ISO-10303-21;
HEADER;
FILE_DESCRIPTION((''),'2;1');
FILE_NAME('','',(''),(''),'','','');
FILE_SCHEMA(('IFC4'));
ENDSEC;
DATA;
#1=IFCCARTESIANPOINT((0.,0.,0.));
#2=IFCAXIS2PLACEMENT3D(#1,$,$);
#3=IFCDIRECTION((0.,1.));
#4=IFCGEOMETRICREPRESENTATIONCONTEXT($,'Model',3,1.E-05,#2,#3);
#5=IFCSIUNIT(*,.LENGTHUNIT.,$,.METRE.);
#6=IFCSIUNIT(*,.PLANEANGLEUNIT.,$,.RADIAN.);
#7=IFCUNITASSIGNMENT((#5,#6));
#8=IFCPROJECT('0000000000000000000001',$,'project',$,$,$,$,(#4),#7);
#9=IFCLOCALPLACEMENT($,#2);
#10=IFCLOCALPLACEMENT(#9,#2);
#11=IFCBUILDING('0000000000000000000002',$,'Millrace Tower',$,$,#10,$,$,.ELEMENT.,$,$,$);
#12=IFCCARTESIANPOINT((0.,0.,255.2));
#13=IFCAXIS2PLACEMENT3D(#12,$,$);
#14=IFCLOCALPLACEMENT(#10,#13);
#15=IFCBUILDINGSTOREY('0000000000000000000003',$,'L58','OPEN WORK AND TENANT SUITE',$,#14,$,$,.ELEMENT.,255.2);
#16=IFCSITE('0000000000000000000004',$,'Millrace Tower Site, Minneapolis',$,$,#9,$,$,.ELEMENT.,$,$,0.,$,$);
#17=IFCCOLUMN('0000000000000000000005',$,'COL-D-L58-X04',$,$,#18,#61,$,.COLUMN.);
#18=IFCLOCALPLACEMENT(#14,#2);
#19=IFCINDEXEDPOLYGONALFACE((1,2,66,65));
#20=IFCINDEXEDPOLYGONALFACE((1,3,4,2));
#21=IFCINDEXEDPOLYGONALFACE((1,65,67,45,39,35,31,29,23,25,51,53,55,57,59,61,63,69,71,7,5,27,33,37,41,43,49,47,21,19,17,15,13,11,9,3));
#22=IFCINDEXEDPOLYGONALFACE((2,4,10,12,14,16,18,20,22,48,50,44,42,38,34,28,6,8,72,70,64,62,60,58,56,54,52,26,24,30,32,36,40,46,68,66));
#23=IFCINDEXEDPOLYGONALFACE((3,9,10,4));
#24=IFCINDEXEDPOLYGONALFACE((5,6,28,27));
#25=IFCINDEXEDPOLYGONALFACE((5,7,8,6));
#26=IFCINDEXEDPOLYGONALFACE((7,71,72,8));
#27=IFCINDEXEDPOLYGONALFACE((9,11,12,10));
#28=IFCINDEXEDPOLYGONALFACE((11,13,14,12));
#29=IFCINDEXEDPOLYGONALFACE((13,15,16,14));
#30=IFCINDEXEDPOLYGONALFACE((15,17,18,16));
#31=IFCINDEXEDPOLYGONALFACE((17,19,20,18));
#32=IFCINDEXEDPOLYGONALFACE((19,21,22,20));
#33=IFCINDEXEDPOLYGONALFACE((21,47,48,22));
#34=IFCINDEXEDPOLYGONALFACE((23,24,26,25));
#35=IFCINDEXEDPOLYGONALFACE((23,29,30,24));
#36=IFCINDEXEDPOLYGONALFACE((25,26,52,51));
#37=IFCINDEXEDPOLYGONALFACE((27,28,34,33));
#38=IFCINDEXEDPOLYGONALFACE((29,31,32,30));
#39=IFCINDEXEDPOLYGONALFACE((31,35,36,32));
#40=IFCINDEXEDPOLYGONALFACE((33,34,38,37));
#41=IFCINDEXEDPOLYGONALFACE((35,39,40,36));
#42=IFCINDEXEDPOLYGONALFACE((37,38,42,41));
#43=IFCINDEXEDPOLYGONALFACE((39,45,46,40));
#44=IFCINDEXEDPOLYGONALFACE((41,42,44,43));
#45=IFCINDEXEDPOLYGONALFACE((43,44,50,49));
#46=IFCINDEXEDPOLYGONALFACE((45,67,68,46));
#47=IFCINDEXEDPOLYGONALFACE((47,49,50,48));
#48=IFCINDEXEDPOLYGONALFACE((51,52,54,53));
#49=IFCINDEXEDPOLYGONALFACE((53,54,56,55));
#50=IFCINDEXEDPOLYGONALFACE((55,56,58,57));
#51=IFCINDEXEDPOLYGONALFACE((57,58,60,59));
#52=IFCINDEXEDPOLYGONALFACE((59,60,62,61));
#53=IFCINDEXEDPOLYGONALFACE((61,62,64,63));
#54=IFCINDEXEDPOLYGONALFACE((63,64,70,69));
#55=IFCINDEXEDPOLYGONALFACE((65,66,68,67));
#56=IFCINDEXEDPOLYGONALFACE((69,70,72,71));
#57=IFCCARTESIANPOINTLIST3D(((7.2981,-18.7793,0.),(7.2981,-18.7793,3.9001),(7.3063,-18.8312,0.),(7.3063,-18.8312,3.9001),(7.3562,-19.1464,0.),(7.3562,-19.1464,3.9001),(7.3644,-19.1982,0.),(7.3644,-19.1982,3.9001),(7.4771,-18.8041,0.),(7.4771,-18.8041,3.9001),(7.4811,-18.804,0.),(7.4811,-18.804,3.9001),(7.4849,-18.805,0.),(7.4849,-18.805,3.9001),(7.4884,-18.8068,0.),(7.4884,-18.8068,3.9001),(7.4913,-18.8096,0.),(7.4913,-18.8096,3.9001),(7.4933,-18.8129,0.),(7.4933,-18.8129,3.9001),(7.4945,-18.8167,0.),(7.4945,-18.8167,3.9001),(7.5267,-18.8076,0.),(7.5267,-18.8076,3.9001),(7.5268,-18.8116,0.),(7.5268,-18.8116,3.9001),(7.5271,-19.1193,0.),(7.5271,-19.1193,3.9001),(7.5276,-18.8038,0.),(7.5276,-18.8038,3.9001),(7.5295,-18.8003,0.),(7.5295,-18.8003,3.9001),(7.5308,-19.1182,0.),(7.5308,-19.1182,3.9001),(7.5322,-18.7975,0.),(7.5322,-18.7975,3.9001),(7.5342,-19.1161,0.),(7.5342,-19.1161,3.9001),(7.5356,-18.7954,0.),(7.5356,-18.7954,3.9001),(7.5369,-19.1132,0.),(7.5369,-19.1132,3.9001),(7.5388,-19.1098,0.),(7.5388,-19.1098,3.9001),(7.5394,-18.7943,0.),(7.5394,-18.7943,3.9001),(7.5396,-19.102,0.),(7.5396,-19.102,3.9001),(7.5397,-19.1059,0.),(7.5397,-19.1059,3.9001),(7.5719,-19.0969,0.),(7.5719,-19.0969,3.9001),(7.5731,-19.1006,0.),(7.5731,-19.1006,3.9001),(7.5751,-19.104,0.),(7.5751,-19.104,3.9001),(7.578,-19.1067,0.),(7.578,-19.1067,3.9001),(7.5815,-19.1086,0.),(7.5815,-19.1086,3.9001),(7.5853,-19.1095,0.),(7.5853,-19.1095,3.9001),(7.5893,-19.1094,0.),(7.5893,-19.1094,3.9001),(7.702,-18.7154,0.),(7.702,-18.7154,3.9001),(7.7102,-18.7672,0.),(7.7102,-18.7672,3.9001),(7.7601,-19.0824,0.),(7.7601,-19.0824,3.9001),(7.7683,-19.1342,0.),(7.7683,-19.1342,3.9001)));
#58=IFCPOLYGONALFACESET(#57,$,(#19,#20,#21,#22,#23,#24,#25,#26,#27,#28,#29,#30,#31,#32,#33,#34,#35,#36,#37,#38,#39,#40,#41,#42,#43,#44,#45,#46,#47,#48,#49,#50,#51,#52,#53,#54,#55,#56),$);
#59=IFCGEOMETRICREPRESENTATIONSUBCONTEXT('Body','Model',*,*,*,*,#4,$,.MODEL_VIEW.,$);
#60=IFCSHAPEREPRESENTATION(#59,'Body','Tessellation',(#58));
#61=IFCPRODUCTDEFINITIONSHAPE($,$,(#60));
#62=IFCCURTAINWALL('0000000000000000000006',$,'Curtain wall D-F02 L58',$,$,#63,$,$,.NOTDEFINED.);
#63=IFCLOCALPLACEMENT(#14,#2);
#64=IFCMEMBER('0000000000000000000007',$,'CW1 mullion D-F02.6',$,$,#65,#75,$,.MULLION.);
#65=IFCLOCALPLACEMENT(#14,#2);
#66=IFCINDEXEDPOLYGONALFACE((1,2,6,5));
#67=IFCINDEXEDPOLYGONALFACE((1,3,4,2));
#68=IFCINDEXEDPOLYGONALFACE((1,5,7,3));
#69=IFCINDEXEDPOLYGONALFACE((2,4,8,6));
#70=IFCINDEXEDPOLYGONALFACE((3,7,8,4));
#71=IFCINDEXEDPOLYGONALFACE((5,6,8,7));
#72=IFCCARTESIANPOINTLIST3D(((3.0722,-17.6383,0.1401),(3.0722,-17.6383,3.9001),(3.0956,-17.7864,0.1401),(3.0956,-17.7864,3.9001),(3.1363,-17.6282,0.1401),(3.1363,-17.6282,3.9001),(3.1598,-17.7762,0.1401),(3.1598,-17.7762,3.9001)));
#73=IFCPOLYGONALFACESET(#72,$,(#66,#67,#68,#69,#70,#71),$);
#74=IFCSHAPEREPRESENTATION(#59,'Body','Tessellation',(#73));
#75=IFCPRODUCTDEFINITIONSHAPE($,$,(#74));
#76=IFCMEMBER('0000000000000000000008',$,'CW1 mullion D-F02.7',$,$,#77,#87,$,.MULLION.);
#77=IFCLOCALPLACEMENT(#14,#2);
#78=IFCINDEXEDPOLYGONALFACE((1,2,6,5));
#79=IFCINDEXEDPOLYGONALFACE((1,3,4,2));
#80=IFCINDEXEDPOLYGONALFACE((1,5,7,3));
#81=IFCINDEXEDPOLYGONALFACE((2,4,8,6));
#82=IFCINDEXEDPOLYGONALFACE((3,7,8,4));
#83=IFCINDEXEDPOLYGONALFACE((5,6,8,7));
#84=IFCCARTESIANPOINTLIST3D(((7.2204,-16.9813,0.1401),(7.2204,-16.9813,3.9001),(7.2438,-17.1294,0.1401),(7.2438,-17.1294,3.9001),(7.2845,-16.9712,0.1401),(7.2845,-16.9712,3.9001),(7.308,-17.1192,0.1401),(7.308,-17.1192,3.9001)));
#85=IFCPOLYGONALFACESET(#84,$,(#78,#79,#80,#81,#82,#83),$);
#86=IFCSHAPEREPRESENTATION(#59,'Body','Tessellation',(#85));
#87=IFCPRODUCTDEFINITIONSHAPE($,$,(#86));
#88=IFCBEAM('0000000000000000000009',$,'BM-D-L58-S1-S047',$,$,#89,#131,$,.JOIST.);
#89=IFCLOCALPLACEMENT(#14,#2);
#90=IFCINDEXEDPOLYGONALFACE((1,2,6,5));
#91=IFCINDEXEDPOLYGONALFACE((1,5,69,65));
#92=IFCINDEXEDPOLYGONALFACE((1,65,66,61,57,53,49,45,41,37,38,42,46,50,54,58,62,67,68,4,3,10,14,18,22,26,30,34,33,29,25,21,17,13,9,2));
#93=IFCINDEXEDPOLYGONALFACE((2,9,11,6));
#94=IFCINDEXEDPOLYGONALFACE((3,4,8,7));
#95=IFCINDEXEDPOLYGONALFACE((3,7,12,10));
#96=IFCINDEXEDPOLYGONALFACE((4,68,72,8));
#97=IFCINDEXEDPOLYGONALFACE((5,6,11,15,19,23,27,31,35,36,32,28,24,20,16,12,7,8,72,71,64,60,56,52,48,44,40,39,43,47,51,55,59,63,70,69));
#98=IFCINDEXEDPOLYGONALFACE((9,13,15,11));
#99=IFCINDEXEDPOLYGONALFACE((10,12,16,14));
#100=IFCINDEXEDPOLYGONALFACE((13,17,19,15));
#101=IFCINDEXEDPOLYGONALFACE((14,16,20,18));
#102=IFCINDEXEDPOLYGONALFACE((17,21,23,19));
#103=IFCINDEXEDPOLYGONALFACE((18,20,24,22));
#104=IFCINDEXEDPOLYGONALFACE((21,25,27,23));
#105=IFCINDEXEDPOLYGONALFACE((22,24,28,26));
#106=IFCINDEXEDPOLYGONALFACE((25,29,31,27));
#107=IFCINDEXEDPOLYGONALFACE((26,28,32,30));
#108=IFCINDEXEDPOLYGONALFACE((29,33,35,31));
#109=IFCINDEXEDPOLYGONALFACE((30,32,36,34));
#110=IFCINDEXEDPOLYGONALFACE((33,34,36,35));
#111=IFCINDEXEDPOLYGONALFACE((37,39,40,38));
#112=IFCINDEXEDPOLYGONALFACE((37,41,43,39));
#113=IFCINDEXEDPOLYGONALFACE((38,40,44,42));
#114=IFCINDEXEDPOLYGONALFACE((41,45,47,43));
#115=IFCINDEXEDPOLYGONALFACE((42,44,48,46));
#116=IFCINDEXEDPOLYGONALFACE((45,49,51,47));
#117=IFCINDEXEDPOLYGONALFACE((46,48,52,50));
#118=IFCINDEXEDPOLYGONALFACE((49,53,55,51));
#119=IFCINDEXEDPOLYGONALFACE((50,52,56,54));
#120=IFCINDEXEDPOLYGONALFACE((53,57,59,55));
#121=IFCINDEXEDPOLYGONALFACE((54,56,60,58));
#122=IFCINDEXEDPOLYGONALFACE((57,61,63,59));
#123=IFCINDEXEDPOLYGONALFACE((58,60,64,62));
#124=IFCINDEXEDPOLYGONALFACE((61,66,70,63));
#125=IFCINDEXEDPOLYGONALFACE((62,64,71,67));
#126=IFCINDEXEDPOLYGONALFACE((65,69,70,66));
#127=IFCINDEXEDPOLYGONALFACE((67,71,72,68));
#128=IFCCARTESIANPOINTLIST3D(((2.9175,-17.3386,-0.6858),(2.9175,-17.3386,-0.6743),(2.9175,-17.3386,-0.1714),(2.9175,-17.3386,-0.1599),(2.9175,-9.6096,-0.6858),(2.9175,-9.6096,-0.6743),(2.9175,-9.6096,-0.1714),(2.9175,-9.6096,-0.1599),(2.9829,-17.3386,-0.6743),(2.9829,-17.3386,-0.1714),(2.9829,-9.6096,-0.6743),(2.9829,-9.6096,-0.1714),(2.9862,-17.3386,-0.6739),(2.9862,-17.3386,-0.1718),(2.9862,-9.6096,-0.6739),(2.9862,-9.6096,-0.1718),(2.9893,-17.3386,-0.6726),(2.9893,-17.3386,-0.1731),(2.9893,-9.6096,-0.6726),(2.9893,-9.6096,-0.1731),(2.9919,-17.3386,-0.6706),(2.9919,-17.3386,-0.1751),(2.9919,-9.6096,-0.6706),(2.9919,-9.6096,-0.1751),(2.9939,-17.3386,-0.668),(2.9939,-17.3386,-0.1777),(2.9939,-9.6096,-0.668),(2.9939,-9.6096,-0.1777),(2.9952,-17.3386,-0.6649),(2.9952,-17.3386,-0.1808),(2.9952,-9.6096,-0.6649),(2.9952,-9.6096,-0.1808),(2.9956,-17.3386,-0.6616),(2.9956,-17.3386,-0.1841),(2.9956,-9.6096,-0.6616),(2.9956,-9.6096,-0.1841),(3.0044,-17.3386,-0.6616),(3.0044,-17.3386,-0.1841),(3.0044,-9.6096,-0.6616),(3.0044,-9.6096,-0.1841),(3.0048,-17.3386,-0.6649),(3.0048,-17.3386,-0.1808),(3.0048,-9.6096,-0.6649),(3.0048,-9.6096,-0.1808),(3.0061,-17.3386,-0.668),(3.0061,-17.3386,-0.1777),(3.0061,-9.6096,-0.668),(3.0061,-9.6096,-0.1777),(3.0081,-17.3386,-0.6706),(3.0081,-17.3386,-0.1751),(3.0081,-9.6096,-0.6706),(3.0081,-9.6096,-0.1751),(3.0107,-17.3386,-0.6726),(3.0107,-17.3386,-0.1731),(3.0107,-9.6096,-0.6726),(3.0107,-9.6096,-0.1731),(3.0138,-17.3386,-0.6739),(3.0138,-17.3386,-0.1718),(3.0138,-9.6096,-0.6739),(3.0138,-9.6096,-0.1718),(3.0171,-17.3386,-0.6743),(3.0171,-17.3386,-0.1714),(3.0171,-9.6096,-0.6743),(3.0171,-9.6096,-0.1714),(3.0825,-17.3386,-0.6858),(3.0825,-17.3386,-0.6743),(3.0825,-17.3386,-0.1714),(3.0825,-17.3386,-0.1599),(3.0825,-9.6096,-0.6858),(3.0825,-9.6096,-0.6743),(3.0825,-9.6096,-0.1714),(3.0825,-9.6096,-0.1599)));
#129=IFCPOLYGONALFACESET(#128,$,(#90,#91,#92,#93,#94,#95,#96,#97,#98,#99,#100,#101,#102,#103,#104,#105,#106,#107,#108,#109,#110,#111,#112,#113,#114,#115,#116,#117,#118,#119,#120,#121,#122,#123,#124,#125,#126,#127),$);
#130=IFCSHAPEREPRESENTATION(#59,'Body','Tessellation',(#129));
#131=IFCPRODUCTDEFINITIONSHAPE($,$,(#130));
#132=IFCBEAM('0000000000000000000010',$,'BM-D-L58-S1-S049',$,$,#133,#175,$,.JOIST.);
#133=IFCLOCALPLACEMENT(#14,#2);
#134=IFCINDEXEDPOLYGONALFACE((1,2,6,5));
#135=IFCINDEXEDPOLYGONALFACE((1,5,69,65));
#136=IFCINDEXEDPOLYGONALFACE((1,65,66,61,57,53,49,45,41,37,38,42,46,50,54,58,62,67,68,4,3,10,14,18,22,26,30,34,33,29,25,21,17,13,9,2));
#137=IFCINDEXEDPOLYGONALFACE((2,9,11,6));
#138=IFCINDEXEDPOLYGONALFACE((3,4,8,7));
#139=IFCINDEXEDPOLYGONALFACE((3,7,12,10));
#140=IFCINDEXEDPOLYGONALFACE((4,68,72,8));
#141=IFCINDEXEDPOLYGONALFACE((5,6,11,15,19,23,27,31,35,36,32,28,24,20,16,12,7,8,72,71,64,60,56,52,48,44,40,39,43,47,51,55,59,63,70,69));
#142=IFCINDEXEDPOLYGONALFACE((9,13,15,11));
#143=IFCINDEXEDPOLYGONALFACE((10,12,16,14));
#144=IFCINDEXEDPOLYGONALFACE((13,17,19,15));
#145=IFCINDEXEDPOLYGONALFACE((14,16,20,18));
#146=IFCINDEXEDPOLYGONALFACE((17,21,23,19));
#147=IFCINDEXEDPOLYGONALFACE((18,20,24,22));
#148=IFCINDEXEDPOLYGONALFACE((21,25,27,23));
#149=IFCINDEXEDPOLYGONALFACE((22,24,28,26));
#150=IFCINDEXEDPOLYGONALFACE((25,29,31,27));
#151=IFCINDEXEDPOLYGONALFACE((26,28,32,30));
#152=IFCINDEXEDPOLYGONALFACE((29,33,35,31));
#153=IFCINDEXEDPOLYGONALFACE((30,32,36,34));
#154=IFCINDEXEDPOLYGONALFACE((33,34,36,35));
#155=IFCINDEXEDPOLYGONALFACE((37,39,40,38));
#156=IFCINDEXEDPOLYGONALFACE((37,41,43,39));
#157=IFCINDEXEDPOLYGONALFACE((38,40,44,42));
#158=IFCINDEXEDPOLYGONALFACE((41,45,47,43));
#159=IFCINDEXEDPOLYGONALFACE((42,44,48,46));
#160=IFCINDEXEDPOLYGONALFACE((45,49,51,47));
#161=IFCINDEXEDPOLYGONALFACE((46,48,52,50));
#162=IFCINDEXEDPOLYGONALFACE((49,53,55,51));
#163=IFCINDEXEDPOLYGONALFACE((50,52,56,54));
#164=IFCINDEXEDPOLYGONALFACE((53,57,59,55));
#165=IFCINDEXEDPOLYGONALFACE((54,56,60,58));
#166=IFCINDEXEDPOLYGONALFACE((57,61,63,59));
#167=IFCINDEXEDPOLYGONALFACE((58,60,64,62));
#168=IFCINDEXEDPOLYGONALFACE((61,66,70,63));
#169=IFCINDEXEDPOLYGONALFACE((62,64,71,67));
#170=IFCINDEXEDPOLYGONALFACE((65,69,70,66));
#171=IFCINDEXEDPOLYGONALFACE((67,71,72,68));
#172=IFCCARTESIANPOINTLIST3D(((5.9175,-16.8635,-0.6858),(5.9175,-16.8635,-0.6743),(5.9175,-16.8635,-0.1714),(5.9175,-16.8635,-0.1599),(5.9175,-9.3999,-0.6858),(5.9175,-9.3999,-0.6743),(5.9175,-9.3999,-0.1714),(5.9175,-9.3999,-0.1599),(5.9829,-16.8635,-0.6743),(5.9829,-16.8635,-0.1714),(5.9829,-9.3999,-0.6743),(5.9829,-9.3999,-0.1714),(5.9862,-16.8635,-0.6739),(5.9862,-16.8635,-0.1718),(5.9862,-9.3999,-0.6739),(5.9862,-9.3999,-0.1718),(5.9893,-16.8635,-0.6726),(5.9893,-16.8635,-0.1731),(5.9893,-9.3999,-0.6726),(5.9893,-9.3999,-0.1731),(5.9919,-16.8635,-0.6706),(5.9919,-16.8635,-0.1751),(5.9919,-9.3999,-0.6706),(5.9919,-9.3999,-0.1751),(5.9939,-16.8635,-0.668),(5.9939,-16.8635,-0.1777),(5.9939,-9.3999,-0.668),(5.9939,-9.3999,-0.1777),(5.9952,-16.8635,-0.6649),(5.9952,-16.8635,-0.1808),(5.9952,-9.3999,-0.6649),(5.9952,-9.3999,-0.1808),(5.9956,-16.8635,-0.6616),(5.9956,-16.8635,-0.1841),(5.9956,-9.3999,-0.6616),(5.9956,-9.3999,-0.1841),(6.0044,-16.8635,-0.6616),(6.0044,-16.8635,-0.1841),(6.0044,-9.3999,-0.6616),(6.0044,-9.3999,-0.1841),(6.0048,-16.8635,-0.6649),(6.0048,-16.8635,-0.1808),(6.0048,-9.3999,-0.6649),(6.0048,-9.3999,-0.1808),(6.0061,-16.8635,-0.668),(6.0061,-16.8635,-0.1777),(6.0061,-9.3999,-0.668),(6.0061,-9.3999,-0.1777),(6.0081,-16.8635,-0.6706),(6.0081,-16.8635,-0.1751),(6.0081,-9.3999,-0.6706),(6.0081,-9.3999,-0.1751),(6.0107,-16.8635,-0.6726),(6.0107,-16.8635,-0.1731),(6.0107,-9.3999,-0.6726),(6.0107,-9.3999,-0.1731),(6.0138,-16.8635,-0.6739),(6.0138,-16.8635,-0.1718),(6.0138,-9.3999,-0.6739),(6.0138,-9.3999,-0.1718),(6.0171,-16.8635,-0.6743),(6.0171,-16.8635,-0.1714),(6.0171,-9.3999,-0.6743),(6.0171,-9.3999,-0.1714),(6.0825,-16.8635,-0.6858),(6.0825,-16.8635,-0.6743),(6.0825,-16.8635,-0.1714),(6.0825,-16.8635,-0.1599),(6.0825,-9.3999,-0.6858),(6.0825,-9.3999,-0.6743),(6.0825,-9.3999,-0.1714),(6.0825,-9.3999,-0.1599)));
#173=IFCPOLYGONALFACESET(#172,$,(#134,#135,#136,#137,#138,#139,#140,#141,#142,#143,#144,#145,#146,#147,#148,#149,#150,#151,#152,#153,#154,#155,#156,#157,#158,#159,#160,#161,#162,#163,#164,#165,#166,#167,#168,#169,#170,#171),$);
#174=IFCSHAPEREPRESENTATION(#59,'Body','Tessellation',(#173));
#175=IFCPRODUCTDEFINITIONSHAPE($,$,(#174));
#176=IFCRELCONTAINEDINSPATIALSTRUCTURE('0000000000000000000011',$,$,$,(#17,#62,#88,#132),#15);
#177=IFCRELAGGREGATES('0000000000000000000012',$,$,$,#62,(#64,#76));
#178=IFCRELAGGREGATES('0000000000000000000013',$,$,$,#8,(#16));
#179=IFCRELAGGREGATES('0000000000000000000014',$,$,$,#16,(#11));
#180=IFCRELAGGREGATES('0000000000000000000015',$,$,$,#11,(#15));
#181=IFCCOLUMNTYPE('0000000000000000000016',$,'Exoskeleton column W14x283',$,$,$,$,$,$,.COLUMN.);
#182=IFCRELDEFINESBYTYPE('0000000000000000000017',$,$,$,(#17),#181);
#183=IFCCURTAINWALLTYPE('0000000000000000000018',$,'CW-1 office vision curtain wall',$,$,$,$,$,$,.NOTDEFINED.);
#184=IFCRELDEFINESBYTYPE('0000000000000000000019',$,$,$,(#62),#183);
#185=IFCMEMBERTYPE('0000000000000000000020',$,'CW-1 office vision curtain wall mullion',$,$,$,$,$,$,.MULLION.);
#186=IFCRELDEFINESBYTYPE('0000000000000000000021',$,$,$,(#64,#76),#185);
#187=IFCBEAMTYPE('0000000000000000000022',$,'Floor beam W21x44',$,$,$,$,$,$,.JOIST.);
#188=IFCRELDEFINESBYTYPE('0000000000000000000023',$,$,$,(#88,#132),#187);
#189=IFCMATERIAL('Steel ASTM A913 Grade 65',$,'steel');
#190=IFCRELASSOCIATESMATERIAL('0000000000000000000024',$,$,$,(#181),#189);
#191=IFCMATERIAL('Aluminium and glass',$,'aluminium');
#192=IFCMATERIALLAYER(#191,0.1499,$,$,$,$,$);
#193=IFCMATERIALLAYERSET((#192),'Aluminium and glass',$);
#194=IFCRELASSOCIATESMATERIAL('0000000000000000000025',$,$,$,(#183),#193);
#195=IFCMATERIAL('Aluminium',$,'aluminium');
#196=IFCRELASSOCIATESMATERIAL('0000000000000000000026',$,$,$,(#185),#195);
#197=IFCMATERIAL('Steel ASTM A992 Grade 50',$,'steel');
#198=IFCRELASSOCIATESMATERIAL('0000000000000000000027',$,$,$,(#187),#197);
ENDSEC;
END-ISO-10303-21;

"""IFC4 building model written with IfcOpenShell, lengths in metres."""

from ifc_helpers import new_model, si_unit, direction, frame, origin, origin_2d, place, context, subcontext, project, spatial, rectangle, i_section, extrude, material, layer, layer_set, material_profile, profile_set, type_object, element, aggregate, save


model = new_model("IFC4")

# Units and contexts
model_context = context("Model", 3, precision=1e-05, world=origin(), true_north=direction((0.0, 1.0)))
body_context = subcontext(model_context, "Body", "Model", "MODEL_VIEW")
ifc_project = project(units=[si_unit("LENGTHUNIT", "METRE"), si_unit("PLANEANGLEUNIT", "RADIAN")], contexts=[model_context])

# Site, building, storey
site_placement = place(None, origin())
site = spatial("IfcSite", under=ifc_project, at=site_placement, Name="Millrace Tower Site, Minneapolis", CompositionType="ELEMENT", RefElevation=0.0)
building_placement = place(site_placement, origin())
building = spatial("IfcBuilding", under=site, at=building_placement, Name="Millrace Tower", CompositionType="ELEMENT")
storey_placement = place(building_placement, frame((0.0, 0.0, 255.2)))
storey = spatial("IfcBuildingStorey", under=building, at=storey_placement, Name="L58", Description="OPEN WORK AND TENANT SUITE", CompositionType="ELEMENT", Elevation=255.2)

# Column
ifc_material_1 = material(Name="Steel ASTM A913 Grade 65", Category="steel")
ifc_material_profile_1 = material_profile(ifc_material_1, i_section(OverallWidth=0.4089, OverallDepth=0.4241, WebThickness=0.0327, FlangeThickness=0.0525, FilletRadius=0.0151, at=origin_2d()))
ifc_profile_set_1 = profile_set([ifc_material_profile_1], Name="Steel ASTM A913 Grade 65")
column_type = type_object("IfcColumnType", Name="Exoskeleton column W14x283", PredefinedType="COLUMN", material=ifc_profile_set_1)
column_placement = place(storey_placement, frame((7.5332, -18.9568, 0.0), z_axis=(0.0, 0.0, 1.0), x_axis=(0.987688, 0.156434, 0.0)))
element("IfcColumn", 1, at=column_placement, inside=storey, type_object=column_type, Name="COL-D-L58-X04", PredefinedType="COLUMN", context=body_context, shape_type="SweptSolid", body=[
    extrude(i_section(OverallWidth=0.4089, OverallDepth=0.4241, WebThickness=0.0327, FlangeThickness=0.0525, FilletRadius=0.0151, at=origin_2d()), origin(), (0.0, 0.0, 1.0), 3.9001),
])

# Curtain wall, members
ifc_material_2 = material(Name="Aluminium and glass", Category="aluminium")
ifc_layer_1 = layer(ifc_material_2, 0.1499)
ifc_layer_set_1 = layer_set([ifc_layer_1], Name="Aluminium and glass")
curtain_wall_type = type_object("IfcCurtainWallType", Name="CW-1 office vision curtain wall", PredefinedType="NOTDEFINED", material=ifc_layer_set_1)
placement_1 = place(storey_placement, origin())
curtain_wall_1 = element("IfcCurtainWall", 2, at=placement_1, inside=storey, type_object=curtain_wall_type, Name="Curtain wall D-F02 L58", PredefinedType="NOTDEFINED")
ifc_material_3 = material(Name="Aluminium", Category="aluminium")
ifc_material_profile_2 = material_profile(ifc_material_3, rectangle(XDim=0.0649, YDim=0.1499, at=origin_2d()))
ifc_profile_set_2 = profile_set([ifc_material_profile_2], Name="Aluminium")
member_type = type_object("IfcMemberType", Name="CW-1 office vision curtain wall mullion", PredefinedType="MULLION", material=ifc_profile_set_2)
member_1_placement = place(storey_placement, frame((3.116, -17.7073, 0.1401), z_axis=(0.0, 0.0, 1.0), x_axis=(0.987688, 0.156434, 0.0)))
member_1 = element("IfcMember", 3, at=member_1_placement, type_object=member_type, Name="CW1 mullion D-F02.6", PredefinedType="MULLION", context=body_context, shape_type="SweptSolid", body=[
    extrude(rectangle(XDim=0.0649, YDim=0.1499, at=origin_2d()), origin(), (0.0, 0.0, 1.0), 3.76),
])
member_2_placement = place(storey_placement, frame((7.2642, -17.0503, 0.1401), z_axis=(0.0, 0.0, 1.0), x_axis=(0.987688, 0.156434, 0.0)))
member_2 = element("IfcMember", 4, at=member_2_placement, type_object=member_type, Name="CW1 mullion D-F02.7", PredefinedType="MULLION", context=body_context, shape_type="SweptSolid", body=[
    extrude(rectangle(XDim=0.0649, YDim=0.1499, at=origin_2d()), origin(), (0.0, 0.0, 1.0), 3.76),
])
aggregate(curtain_wall_1, [member_1, member_2])

# Beams
ifc_material_4 = material(Name="Steel ASTM A992 Grade 50", Category="steel")
ifc_material_profile_3 = material_profile(ifc_material_4, i_section(OverallWidth=0.165, OverallDepth=0.5259, WebThickness=0.0088, FlangeThickness=0.0115, FilletRadius=0.0127, at=origin_2d()))
ifc_profile_set_3 = profile_set([ifc_material_profile_3], Name="Steel ASTM A992 Grade 50")
beam_type_1 = type_object("IfcBeamType", Name="Floor beam W21x44", PredefinedType="JOIST", material=ifc_profile_set_3)
beam_1_placement = place(storey_placement, frame((3.0, -17.3386, -0.4229), z_axis=(0.0, 1.0, 0.0), x_axis=(-1.0, 0.0, 0.0)))
element("IfcBeam", 5, at=beam_1_placement, inside=storey, type_object=beam_type_1, Name="BM-D-L58-S1-S047", PredefinedType="JOIST", context=body_context, shape_type="SweptSolid", body=[
    extrude(i_section(OverallWidth=0.165, OverallDepth=0.5259, WebThickness=0.0088, FlangeThickness=0.0115, FilletRadius=0.0127, at=origin_2d()), origin(), (0.0, 0.0, 1.0), 7.729),
])
beam_2_placement = place(storey_placement, frame((6.0, -16.8635, -0.4229), z_axis=(0.0, 1.0, 0.0), x_axis=(-1.0, 0.0, 0.0)))
element("IfcBeam", 6, at=beam_2_placement, inside=storey, type_object=beam_type_1, Name="BM-D-L58-S1-S049", PredefinedType="JOIST", context=body_context, shape_type="SweptSolid", body=[
    extrude(i_section(OverallWidth=0.165, OverallDepth=0.5259, WebThickness=0.0088, FlangeThickness=0.0115, FilletRadius=0.0127, at=origin_2d()), origin(), (0.0, 0.0, 1.0), 7.4636),
])

save(model, "model.ifc")
